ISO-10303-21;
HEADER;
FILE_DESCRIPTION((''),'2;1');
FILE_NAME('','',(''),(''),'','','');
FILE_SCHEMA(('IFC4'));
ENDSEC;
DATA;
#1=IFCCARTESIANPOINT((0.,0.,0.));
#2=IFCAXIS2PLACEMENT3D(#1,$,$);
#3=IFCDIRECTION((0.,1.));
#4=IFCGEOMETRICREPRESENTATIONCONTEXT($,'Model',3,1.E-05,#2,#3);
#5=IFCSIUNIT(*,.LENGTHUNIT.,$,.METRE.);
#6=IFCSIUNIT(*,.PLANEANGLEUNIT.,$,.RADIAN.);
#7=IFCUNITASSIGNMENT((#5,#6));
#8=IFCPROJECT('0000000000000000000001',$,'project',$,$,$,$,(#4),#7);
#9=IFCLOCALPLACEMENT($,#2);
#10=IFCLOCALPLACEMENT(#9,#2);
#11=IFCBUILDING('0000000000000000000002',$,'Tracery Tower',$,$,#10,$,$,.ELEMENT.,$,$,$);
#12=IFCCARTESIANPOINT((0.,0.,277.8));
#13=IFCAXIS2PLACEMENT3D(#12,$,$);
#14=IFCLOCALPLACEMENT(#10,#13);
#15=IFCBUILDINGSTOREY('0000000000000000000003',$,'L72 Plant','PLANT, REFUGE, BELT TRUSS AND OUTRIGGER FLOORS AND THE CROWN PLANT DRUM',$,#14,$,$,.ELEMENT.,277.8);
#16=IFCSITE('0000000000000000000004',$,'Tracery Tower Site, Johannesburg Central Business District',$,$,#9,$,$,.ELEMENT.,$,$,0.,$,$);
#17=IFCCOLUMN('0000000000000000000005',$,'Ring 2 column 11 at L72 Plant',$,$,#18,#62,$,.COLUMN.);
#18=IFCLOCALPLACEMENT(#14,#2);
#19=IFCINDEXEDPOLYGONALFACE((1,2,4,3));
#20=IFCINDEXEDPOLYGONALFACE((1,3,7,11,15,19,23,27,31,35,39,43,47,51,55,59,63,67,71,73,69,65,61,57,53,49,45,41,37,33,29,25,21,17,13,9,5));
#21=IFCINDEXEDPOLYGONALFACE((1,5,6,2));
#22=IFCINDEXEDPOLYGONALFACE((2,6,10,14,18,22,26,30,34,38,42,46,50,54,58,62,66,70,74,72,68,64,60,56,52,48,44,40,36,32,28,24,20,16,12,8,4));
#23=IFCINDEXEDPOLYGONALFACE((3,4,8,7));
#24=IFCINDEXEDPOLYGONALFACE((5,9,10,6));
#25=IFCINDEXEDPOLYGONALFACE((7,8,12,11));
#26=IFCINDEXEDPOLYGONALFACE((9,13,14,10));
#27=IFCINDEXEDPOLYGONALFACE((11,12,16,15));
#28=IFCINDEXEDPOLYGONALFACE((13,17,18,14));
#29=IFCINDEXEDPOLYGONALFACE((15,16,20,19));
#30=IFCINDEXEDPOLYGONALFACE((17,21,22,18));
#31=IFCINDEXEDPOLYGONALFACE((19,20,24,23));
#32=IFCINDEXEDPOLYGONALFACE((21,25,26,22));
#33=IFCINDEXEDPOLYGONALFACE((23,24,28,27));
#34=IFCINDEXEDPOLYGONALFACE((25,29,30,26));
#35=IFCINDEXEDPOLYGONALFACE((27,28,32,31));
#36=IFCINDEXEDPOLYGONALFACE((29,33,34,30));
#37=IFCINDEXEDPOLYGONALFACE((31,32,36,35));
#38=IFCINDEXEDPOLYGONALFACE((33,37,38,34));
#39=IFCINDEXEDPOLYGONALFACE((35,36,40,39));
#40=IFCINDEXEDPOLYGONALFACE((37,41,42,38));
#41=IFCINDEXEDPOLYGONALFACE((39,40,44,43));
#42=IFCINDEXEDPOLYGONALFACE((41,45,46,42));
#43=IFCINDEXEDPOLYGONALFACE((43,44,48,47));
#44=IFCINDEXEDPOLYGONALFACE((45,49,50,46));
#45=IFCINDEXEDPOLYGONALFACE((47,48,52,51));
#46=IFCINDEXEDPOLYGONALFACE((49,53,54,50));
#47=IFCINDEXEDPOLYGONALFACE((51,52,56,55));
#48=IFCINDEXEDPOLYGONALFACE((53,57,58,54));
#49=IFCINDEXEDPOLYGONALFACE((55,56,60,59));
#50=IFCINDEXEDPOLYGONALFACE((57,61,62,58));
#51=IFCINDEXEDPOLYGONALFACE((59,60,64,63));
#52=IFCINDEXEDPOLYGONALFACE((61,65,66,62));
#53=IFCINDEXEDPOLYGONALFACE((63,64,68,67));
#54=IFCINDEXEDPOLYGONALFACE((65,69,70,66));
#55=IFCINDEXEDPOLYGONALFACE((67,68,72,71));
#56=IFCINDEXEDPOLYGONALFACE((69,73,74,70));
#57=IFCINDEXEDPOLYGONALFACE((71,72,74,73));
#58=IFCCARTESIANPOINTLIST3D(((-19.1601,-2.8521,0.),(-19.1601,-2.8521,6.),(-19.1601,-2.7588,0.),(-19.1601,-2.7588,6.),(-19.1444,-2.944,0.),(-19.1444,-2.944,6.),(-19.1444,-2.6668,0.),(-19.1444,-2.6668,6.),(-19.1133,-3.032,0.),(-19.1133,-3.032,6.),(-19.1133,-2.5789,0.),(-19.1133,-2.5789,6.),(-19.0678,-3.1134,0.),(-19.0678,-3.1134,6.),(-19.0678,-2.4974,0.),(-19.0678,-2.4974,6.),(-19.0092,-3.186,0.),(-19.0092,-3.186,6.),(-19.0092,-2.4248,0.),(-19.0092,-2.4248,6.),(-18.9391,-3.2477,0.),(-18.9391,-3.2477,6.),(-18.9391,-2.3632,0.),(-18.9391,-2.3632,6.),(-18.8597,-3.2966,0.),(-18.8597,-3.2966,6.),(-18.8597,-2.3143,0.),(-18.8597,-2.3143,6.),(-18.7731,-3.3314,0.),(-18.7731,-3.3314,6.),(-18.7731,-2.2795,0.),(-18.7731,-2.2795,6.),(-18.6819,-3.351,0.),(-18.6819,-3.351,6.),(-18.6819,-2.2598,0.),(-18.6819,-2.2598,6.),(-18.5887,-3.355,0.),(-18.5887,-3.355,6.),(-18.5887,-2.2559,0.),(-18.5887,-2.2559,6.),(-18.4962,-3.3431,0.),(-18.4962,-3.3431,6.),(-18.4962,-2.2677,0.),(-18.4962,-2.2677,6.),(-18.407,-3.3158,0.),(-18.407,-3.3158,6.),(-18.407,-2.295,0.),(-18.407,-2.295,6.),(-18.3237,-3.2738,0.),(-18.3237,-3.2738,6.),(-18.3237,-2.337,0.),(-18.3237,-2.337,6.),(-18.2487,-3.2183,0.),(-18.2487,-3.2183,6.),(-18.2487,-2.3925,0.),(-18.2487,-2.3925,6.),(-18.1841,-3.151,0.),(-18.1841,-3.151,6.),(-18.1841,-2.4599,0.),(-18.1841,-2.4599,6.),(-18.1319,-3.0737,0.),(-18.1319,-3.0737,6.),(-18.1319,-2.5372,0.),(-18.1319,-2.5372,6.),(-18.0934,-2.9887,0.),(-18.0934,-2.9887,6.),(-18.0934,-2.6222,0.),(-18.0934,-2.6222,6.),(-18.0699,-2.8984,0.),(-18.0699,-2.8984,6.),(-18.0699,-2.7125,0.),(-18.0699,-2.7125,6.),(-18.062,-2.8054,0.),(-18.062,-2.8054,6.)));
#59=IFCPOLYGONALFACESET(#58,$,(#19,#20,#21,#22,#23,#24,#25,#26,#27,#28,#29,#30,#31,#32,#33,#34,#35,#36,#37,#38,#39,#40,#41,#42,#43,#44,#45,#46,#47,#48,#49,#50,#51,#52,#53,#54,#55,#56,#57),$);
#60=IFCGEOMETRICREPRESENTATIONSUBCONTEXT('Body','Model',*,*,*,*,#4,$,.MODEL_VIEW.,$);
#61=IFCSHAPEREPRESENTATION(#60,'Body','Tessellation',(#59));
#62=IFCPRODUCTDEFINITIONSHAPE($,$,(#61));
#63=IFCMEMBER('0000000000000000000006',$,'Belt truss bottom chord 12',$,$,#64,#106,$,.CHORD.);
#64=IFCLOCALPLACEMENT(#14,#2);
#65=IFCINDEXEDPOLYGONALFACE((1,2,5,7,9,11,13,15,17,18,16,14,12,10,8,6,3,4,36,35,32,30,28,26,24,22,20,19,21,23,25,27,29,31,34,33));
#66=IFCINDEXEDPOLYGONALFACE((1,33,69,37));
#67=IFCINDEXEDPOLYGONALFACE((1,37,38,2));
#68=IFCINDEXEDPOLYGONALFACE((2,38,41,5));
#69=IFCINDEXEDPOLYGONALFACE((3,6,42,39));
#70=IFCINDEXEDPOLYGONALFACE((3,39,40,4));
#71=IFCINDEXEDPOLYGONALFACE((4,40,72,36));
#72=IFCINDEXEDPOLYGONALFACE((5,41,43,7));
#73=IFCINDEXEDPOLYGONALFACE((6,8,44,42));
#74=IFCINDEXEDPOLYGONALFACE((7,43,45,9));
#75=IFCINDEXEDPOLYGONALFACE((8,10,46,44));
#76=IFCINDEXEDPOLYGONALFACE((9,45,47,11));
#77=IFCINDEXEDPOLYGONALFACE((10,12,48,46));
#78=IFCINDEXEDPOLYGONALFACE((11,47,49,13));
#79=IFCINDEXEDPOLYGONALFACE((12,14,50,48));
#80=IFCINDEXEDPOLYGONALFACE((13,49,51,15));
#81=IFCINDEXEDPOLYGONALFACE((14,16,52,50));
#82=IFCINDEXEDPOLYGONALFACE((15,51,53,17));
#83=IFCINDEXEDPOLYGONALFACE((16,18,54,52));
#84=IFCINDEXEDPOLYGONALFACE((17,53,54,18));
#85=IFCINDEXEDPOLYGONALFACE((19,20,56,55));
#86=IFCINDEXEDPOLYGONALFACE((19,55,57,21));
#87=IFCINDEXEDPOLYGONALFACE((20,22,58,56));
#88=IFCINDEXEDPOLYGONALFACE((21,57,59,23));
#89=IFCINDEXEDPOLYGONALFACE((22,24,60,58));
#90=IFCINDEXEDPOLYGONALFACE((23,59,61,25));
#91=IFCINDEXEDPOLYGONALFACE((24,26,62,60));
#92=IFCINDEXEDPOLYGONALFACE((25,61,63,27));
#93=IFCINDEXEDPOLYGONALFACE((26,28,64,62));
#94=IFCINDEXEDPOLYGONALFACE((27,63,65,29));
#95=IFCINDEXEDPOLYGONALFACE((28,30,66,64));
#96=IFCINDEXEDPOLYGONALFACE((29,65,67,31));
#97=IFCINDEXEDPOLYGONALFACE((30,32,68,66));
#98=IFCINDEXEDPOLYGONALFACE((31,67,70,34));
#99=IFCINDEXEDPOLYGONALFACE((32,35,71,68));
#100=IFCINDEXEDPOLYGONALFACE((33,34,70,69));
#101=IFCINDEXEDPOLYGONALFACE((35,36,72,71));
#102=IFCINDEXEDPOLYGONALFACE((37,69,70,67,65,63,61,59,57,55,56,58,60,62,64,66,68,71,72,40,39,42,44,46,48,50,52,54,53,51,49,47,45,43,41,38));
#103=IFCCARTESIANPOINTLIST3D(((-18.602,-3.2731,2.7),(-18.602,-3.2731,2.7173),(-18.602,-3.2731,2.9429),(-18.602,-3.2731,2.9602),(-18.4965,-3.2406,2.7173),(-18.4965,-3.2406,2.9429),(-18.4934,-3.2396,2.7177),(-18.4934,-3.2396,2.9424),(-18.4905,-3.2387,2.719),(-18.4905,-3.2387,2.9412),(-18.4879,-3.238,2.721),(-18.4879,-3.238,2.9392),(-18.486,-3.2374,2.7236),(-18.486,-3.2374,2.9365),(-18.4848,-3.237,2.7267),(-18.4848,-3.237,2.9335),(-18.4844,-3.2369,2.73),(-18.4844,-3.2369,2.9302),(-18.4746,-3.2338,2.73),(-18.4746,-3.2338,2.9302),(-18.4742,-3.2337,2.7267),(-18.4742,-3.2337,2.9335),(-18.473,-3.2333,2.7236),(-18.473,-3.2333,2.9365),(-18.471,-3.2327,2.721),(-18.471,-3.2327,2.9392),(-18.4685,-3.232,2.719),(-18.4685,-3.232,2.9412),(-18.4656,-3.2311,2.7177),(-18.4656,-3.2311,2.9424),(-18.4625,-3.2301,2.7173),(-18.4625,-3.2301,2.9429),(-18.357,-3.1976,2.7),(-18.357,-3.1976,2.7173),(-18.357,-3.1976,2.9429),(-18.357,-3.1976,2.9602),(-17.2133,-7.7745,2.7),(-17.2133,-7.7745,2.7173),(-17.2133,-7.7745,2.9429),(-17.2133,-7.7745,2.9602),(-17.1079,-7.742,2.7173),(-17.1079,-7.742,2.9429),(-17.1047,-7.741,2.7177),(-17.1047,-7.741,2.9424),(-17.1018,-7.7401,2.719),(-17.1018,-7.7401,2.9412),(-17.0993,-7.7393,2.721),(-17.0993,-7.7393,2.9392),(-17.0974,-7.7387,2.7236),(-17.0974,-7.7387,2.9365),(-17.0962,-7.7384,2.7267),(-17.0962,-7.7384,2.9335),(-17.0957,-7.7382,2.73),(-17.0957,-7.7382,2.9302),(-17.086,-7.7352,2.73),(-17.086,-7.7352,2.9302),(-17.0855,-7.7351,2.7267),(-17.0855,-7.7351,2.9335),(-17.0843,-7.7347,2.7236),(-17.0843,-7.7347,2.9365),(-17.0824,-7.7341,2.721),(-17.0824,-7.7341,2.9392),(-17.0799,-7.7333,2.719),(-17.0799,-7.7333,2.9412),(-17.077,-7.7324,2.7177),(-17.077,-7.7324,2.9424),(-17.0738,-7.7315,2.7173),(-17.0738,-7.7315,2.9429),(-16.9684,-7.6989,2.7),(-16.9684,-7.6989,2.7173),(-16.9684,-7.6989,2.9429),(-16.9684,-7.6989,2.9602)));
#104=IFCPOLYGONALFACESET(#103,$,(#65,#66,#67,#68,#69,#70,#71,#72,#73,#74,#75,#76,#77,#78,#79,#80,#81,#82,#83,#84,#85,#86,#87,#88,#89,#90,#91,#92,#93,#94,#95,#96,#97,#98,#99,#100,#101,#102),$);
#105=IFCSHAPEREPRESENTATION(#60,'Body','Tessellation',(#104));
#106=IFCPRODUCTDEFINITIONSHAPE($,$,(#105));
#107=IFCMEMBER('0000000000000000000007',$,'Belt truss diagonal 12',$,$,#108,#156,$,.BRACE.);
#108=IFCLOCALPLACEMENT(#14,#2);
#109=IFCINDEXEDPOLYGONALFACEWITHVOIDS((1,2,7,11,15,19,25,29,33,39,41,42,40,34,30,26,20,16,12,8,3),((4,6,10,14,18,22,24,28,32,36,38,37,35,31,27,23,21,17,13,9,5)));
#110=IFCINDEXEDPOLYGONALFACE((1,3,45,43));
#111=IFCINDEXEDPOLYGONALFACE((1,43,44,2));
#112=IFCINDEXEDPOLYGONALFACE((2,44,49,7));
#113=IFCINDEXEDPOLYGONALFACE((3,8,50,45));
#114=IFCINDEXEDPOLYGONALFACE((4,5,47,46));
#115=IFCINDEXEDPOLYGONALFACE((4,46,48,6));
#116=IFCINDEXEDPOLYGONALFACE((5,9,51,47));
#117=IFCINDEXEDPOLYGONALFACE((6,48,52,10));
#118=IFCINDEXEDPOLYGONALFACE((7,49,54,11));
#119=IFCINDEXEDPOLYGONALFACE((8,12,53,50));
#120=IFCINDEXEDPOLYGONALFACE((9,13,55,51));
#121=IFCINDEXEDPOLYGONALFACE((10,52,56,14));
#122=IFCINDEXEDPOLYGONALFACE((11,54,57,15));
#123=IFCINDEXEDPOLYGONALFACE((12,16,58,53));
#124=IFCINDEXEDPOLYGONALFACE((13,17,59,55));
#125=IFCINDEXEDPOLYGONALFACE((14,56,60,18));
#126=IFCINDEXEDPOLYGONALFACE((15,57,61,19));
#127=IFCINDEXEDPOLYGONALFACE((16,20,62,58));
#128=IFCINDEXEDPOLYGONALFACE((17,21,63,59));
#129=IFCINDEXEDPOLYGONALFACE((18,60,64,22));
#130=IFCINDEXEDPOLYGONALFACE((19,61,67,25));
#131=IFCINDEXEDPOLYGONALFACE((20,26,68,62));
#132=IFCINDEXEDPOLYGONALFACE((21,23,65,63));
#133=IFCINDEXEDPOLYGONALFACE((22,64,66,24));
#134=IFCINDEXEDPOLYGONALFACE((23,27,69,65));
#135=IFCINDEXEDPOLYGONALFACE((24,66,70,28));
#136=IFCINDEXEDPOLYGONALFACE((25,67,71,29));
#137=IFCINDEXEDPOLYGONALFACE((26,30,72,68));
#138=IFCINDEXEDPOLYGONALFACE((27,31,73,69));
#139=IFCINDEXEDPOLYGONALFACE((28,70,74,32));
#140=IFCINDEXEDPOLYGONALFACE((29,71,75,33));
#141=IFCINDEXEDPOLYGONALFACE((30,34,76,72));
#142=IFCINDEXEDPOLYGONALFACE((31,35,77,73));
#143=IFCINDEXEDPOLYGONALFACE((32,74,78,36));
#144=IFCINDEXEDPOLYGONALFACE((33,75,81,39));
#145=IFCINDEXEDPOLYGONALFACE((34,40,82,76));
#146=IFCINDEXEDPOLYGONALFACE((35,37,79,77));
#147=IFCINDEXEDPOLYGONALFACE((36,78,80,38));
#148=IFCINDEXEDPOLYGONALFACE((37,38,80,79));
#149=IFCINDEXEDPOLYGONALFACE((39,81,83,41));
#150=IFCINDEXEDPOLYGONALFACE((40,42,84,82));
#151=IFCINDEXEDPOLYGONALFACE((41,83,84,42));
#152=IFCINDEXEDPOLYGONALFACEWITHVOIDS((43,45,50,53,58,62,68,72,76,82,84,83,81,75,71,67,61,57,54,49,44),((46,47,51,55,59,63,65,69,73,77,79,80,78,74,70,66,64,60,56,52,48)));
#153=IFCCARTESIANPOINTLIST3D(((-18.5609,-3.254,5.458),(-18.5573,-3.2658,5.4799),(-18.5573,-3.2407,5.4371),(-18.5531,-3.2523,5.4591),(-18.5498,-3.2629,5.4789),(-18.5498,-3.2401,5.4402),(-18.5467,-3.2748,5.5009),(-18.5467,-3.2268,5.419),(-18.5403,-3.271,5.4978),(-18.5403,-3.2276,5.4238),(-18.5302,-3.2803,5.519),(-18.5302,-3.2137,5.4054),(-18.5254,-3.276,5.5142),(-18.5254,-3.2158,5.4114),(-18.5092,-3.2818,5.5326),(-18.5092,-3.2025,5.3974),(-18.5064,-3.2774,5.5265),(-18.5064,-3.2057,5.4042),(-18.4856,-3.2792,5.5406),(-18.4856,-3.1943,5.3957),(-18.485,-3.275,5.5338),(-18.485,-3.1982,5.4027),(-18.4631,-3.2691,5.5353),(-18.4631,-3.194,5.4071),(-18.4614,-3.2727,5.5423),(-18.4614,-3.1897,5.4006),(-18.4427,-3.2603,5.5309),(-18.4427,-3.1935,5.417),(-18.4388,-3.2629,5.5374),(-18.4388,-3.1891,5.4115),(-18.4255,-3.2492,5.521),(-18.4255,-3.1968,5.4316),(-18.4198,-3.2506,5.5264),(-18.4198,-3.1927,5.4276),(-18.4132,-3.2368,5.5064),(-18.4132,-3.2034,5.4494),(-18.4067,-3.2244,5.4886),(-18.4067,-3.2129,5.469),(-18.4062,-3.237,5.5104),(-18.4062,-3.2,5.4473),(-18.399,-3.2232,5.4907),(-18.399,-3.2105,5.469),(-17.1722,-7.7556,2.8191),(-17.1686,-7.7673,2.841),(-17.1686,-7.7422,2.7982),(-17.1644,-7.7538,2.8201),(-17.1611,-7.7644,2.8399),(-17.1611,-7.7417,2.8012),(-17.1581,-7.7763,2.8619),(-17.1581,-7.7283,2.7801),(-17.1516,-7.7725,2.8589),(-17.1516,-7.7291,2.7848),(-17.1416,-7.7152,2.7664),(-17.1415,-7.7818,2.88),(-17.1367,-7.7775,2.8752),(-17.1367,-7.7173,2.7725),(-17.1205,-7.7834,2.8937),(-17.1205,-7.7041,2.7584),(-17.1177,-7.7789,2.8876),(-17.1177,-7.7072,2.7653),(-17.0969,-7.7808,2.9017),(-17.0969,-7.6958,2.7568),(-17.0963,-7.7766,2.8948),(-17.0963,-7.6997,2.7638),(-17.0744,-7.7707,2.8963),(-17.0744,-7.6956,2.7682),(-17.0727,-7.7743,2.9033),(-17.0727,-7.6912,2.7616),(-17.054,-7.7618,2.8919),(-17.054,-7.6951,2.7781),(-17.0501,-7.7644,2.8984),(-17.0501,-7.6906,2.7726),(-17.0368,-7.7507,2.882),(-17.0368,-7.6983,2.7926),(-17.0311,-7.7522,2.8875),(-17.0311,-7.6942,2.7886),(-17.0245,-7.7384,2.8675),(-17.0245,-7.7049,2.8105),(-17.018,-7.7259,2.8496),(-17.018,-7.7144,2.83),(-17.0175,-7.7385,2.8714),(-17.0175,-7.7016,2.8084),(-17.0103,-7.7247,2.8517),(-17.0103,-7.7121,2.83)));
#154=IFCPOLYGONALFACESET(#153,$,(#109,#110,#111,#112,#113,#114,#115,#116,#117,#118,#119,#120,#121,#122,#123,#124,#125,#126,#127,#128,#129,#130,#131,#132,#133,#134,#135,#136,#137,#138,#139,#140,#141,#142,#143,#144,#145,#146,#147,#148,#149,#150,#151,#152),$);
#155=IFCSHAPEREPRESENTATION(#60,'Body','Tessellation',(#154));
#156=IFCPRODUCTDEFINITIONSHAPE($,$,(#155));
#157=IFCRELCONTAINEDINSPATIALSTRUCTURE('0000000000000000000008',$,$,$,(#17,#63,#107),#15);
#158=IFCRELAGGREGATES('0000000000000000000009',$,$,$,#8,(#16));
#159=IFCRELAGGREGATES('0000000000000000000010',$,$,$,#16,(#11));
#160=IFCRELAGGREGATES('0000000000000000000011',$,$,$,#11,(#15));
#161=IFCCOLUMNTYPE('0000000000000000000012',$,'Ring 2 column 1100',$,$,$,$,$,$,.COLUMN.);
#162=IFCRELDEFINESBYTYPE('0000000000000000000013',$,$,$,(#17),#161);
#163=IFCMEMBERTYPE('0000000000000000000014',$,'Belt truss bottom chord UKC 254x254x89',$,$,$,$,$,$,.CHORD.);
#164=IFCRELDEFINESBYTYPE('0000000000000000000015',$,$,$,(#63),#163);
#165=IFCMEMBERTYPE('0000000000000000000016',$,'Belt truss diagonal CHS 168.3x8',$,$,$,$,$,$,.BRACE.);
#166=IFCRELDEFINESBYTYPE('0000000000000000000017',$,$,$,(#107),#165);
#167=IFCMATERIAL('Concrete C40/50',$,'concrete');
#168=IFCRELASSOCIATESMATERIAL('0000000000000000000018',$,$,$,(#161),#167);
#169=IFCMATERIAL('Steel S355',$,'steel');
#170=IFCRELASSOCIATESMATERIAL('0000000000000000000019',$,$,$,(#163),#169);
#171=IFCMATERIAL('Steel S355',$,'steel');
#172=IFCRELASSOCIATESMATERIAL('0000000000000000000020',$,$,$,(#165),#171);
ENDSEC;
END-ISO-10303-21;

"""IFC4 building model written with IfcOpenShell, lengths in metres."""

from ifc_helpers import new_model, si_unit, direction, frame, origin, origin_2d, place, context, subcontext, project, spatial, circle, hollow_circle, i_section, extrude, material, material_profile, profile_set, type_object, element, save


model = new_model("IFC4")

# Units and contexts
model_context = context("Model", 3, precision=1e-05, world=origin(), true_north=direction((0.0, 1.0)))
body_context = subcontext(model_context, "Body", "Model", "MODEL_VIEW")
ifc_project = project(units=[si_unit("LENGTHUNIT", "METRE"), si_unit("PLANEANGLEUNIT", "RADIAN")], contexts=[model_context])

# Site, building, storey
site_placement = place(None, origin())
site = spatial("IfcSite", under=ifc_project, at=site_placement, Name="Tracery Tower Site, Johannesburg Central Business District", CompositionType="ELEMENT", RefElevation=0.0)
building_placement = place(site_placement, origin())
building = spatial("IfcBuilding", under=site, at=building_placement, Name="Tracery Tower", CompositionType="ELEMENT")
storey_placement = place(building_placement, frame((0.0, 0.0, 277.8)))
storey = spatial("IfcBuildingStorey", under=building, at=storey_placement, Name="L72 Plant", Description="PLANT, REFUGE, BELT TRUSS AND OUTRIGGER FLOORS AND THE CROWN PLANT DRUM", CompositionType="ELEMENT", Elevation=277.8)

# Column
ifc_material_1 = material(Name="Concrete C40/50", Category="concrete")
ifc_material_profile_1 = material_profile(ifc_material_1, circle(Radius=0.55, at=origin_2d()), Name="RC D1100")
ifc_profile_set_1 = profile_set([ifc_material_profile_1], Name="Concrete C40/50")
column_type = type_object("IfcColumnType", Name="Ring 2 column 1100", PredefinedType="COLUMN", material=ifc_profile_set_1)
column_placement = place(storey_placement, frame((-18.6121, -2.8054, 0.0), z_axis=(0.0, 0.0, 1.0), x_axis=(1.0, 0.0, 0.0)))
element("IfcColumn", 1, at=column_placement, inside=storey, type_object=column_type, Name="Ring 2 column 11 at L72 Plant", PredefinedType="COLUMN", context=body_context, shape_type="SweptSolid", body=[
    extrude(circle(Radius=0.55, at=origin_2d()), origin(), (0.0, 0.0, 1.0), 6.0),
])

# Members
ifc_material_2 = material(Name="Steel S355", Category="steel")
ifc_material_profile_2 = material_profile(ifc_material_2, i_section(OverallWidth=0.2563, OverallDepth=0.2603, WebThickness=0.0103, FlangeThickness=0.0173, FilletRadius=0.0127, at=origin_2d()), Name="UKC 254x254x89")
ifc_profile_set_2 = profile_set([ifc_material_profile_2], Name="Steel S355")
member_type_1 = type_object("IfcMemberType", Name="Belt truss bottom chord UKC 254x254x89", PredefinedType="CHORD", material=ifc_profile_set_2)
member_1_placement = place(storey_placement, frame((-18.4795, -3.2354, 2.8301), z_axis=(0.294785, -0.955564, 0.0), x_axis=(0.955564, 0.294785, 0.0)))
element("IfcMember", 2, at=member_1_placement, inside=storey, type_object=member_type_1, Name="Belt truss bottom chord 12", PredefinedType="CHORD", context=body_context, shape_type="SweptSolid", body=[
    extrude(i_section(OverallWidth=0.2563, OverallDepth=0.2603, WebThickness=0.0103, FlangeThickness=0.0173, FilletRadius=0.0127, at=origin_2d()), origin(), (0.0, 0.0, 1.0), 4.7107),
])
ifc_material_3 = material(Name="Steel S355", Category="steel")
ifc_material_profile_3 = material_profile(ifc_material_3, hollow_circle(Radius=0.0842, WallThickness=0.0081, at=origin_2d()), Name="CHS 168.3x8")
ifc_profile_set_3 = profile_set([ifc_material_profile_3], Name="Steel S355")
member_type_2 = type_object("IfcMemberType", Name="Belt truss diagonal CHS 168.3x8", PredefinedType="BRACE", material=ifc_profile_set_3)
member_2_placement = place(storey_placement, frame((-18.4795, -3.2354, 5.469), z_axis=(0.257181, -0.833669, -0.488726), x_axis=(0.955564, 0.294785, 0.0)))
element("IfcMember", 3, at=member_2_placement, inside=storey, type_object=member_type_2, Name="Belt truss diagonal 12", PredefinedType="BRACE", context=body_context, shape_type="SweptSolid", body=[
    extrude(hollow_circle(Radius=0.0842, WallThickness=0.0081, at=origin_2d()), origin(), (0.0, 0.0, 1.0), 5.3997),
])

save(model, "model.ifc")
